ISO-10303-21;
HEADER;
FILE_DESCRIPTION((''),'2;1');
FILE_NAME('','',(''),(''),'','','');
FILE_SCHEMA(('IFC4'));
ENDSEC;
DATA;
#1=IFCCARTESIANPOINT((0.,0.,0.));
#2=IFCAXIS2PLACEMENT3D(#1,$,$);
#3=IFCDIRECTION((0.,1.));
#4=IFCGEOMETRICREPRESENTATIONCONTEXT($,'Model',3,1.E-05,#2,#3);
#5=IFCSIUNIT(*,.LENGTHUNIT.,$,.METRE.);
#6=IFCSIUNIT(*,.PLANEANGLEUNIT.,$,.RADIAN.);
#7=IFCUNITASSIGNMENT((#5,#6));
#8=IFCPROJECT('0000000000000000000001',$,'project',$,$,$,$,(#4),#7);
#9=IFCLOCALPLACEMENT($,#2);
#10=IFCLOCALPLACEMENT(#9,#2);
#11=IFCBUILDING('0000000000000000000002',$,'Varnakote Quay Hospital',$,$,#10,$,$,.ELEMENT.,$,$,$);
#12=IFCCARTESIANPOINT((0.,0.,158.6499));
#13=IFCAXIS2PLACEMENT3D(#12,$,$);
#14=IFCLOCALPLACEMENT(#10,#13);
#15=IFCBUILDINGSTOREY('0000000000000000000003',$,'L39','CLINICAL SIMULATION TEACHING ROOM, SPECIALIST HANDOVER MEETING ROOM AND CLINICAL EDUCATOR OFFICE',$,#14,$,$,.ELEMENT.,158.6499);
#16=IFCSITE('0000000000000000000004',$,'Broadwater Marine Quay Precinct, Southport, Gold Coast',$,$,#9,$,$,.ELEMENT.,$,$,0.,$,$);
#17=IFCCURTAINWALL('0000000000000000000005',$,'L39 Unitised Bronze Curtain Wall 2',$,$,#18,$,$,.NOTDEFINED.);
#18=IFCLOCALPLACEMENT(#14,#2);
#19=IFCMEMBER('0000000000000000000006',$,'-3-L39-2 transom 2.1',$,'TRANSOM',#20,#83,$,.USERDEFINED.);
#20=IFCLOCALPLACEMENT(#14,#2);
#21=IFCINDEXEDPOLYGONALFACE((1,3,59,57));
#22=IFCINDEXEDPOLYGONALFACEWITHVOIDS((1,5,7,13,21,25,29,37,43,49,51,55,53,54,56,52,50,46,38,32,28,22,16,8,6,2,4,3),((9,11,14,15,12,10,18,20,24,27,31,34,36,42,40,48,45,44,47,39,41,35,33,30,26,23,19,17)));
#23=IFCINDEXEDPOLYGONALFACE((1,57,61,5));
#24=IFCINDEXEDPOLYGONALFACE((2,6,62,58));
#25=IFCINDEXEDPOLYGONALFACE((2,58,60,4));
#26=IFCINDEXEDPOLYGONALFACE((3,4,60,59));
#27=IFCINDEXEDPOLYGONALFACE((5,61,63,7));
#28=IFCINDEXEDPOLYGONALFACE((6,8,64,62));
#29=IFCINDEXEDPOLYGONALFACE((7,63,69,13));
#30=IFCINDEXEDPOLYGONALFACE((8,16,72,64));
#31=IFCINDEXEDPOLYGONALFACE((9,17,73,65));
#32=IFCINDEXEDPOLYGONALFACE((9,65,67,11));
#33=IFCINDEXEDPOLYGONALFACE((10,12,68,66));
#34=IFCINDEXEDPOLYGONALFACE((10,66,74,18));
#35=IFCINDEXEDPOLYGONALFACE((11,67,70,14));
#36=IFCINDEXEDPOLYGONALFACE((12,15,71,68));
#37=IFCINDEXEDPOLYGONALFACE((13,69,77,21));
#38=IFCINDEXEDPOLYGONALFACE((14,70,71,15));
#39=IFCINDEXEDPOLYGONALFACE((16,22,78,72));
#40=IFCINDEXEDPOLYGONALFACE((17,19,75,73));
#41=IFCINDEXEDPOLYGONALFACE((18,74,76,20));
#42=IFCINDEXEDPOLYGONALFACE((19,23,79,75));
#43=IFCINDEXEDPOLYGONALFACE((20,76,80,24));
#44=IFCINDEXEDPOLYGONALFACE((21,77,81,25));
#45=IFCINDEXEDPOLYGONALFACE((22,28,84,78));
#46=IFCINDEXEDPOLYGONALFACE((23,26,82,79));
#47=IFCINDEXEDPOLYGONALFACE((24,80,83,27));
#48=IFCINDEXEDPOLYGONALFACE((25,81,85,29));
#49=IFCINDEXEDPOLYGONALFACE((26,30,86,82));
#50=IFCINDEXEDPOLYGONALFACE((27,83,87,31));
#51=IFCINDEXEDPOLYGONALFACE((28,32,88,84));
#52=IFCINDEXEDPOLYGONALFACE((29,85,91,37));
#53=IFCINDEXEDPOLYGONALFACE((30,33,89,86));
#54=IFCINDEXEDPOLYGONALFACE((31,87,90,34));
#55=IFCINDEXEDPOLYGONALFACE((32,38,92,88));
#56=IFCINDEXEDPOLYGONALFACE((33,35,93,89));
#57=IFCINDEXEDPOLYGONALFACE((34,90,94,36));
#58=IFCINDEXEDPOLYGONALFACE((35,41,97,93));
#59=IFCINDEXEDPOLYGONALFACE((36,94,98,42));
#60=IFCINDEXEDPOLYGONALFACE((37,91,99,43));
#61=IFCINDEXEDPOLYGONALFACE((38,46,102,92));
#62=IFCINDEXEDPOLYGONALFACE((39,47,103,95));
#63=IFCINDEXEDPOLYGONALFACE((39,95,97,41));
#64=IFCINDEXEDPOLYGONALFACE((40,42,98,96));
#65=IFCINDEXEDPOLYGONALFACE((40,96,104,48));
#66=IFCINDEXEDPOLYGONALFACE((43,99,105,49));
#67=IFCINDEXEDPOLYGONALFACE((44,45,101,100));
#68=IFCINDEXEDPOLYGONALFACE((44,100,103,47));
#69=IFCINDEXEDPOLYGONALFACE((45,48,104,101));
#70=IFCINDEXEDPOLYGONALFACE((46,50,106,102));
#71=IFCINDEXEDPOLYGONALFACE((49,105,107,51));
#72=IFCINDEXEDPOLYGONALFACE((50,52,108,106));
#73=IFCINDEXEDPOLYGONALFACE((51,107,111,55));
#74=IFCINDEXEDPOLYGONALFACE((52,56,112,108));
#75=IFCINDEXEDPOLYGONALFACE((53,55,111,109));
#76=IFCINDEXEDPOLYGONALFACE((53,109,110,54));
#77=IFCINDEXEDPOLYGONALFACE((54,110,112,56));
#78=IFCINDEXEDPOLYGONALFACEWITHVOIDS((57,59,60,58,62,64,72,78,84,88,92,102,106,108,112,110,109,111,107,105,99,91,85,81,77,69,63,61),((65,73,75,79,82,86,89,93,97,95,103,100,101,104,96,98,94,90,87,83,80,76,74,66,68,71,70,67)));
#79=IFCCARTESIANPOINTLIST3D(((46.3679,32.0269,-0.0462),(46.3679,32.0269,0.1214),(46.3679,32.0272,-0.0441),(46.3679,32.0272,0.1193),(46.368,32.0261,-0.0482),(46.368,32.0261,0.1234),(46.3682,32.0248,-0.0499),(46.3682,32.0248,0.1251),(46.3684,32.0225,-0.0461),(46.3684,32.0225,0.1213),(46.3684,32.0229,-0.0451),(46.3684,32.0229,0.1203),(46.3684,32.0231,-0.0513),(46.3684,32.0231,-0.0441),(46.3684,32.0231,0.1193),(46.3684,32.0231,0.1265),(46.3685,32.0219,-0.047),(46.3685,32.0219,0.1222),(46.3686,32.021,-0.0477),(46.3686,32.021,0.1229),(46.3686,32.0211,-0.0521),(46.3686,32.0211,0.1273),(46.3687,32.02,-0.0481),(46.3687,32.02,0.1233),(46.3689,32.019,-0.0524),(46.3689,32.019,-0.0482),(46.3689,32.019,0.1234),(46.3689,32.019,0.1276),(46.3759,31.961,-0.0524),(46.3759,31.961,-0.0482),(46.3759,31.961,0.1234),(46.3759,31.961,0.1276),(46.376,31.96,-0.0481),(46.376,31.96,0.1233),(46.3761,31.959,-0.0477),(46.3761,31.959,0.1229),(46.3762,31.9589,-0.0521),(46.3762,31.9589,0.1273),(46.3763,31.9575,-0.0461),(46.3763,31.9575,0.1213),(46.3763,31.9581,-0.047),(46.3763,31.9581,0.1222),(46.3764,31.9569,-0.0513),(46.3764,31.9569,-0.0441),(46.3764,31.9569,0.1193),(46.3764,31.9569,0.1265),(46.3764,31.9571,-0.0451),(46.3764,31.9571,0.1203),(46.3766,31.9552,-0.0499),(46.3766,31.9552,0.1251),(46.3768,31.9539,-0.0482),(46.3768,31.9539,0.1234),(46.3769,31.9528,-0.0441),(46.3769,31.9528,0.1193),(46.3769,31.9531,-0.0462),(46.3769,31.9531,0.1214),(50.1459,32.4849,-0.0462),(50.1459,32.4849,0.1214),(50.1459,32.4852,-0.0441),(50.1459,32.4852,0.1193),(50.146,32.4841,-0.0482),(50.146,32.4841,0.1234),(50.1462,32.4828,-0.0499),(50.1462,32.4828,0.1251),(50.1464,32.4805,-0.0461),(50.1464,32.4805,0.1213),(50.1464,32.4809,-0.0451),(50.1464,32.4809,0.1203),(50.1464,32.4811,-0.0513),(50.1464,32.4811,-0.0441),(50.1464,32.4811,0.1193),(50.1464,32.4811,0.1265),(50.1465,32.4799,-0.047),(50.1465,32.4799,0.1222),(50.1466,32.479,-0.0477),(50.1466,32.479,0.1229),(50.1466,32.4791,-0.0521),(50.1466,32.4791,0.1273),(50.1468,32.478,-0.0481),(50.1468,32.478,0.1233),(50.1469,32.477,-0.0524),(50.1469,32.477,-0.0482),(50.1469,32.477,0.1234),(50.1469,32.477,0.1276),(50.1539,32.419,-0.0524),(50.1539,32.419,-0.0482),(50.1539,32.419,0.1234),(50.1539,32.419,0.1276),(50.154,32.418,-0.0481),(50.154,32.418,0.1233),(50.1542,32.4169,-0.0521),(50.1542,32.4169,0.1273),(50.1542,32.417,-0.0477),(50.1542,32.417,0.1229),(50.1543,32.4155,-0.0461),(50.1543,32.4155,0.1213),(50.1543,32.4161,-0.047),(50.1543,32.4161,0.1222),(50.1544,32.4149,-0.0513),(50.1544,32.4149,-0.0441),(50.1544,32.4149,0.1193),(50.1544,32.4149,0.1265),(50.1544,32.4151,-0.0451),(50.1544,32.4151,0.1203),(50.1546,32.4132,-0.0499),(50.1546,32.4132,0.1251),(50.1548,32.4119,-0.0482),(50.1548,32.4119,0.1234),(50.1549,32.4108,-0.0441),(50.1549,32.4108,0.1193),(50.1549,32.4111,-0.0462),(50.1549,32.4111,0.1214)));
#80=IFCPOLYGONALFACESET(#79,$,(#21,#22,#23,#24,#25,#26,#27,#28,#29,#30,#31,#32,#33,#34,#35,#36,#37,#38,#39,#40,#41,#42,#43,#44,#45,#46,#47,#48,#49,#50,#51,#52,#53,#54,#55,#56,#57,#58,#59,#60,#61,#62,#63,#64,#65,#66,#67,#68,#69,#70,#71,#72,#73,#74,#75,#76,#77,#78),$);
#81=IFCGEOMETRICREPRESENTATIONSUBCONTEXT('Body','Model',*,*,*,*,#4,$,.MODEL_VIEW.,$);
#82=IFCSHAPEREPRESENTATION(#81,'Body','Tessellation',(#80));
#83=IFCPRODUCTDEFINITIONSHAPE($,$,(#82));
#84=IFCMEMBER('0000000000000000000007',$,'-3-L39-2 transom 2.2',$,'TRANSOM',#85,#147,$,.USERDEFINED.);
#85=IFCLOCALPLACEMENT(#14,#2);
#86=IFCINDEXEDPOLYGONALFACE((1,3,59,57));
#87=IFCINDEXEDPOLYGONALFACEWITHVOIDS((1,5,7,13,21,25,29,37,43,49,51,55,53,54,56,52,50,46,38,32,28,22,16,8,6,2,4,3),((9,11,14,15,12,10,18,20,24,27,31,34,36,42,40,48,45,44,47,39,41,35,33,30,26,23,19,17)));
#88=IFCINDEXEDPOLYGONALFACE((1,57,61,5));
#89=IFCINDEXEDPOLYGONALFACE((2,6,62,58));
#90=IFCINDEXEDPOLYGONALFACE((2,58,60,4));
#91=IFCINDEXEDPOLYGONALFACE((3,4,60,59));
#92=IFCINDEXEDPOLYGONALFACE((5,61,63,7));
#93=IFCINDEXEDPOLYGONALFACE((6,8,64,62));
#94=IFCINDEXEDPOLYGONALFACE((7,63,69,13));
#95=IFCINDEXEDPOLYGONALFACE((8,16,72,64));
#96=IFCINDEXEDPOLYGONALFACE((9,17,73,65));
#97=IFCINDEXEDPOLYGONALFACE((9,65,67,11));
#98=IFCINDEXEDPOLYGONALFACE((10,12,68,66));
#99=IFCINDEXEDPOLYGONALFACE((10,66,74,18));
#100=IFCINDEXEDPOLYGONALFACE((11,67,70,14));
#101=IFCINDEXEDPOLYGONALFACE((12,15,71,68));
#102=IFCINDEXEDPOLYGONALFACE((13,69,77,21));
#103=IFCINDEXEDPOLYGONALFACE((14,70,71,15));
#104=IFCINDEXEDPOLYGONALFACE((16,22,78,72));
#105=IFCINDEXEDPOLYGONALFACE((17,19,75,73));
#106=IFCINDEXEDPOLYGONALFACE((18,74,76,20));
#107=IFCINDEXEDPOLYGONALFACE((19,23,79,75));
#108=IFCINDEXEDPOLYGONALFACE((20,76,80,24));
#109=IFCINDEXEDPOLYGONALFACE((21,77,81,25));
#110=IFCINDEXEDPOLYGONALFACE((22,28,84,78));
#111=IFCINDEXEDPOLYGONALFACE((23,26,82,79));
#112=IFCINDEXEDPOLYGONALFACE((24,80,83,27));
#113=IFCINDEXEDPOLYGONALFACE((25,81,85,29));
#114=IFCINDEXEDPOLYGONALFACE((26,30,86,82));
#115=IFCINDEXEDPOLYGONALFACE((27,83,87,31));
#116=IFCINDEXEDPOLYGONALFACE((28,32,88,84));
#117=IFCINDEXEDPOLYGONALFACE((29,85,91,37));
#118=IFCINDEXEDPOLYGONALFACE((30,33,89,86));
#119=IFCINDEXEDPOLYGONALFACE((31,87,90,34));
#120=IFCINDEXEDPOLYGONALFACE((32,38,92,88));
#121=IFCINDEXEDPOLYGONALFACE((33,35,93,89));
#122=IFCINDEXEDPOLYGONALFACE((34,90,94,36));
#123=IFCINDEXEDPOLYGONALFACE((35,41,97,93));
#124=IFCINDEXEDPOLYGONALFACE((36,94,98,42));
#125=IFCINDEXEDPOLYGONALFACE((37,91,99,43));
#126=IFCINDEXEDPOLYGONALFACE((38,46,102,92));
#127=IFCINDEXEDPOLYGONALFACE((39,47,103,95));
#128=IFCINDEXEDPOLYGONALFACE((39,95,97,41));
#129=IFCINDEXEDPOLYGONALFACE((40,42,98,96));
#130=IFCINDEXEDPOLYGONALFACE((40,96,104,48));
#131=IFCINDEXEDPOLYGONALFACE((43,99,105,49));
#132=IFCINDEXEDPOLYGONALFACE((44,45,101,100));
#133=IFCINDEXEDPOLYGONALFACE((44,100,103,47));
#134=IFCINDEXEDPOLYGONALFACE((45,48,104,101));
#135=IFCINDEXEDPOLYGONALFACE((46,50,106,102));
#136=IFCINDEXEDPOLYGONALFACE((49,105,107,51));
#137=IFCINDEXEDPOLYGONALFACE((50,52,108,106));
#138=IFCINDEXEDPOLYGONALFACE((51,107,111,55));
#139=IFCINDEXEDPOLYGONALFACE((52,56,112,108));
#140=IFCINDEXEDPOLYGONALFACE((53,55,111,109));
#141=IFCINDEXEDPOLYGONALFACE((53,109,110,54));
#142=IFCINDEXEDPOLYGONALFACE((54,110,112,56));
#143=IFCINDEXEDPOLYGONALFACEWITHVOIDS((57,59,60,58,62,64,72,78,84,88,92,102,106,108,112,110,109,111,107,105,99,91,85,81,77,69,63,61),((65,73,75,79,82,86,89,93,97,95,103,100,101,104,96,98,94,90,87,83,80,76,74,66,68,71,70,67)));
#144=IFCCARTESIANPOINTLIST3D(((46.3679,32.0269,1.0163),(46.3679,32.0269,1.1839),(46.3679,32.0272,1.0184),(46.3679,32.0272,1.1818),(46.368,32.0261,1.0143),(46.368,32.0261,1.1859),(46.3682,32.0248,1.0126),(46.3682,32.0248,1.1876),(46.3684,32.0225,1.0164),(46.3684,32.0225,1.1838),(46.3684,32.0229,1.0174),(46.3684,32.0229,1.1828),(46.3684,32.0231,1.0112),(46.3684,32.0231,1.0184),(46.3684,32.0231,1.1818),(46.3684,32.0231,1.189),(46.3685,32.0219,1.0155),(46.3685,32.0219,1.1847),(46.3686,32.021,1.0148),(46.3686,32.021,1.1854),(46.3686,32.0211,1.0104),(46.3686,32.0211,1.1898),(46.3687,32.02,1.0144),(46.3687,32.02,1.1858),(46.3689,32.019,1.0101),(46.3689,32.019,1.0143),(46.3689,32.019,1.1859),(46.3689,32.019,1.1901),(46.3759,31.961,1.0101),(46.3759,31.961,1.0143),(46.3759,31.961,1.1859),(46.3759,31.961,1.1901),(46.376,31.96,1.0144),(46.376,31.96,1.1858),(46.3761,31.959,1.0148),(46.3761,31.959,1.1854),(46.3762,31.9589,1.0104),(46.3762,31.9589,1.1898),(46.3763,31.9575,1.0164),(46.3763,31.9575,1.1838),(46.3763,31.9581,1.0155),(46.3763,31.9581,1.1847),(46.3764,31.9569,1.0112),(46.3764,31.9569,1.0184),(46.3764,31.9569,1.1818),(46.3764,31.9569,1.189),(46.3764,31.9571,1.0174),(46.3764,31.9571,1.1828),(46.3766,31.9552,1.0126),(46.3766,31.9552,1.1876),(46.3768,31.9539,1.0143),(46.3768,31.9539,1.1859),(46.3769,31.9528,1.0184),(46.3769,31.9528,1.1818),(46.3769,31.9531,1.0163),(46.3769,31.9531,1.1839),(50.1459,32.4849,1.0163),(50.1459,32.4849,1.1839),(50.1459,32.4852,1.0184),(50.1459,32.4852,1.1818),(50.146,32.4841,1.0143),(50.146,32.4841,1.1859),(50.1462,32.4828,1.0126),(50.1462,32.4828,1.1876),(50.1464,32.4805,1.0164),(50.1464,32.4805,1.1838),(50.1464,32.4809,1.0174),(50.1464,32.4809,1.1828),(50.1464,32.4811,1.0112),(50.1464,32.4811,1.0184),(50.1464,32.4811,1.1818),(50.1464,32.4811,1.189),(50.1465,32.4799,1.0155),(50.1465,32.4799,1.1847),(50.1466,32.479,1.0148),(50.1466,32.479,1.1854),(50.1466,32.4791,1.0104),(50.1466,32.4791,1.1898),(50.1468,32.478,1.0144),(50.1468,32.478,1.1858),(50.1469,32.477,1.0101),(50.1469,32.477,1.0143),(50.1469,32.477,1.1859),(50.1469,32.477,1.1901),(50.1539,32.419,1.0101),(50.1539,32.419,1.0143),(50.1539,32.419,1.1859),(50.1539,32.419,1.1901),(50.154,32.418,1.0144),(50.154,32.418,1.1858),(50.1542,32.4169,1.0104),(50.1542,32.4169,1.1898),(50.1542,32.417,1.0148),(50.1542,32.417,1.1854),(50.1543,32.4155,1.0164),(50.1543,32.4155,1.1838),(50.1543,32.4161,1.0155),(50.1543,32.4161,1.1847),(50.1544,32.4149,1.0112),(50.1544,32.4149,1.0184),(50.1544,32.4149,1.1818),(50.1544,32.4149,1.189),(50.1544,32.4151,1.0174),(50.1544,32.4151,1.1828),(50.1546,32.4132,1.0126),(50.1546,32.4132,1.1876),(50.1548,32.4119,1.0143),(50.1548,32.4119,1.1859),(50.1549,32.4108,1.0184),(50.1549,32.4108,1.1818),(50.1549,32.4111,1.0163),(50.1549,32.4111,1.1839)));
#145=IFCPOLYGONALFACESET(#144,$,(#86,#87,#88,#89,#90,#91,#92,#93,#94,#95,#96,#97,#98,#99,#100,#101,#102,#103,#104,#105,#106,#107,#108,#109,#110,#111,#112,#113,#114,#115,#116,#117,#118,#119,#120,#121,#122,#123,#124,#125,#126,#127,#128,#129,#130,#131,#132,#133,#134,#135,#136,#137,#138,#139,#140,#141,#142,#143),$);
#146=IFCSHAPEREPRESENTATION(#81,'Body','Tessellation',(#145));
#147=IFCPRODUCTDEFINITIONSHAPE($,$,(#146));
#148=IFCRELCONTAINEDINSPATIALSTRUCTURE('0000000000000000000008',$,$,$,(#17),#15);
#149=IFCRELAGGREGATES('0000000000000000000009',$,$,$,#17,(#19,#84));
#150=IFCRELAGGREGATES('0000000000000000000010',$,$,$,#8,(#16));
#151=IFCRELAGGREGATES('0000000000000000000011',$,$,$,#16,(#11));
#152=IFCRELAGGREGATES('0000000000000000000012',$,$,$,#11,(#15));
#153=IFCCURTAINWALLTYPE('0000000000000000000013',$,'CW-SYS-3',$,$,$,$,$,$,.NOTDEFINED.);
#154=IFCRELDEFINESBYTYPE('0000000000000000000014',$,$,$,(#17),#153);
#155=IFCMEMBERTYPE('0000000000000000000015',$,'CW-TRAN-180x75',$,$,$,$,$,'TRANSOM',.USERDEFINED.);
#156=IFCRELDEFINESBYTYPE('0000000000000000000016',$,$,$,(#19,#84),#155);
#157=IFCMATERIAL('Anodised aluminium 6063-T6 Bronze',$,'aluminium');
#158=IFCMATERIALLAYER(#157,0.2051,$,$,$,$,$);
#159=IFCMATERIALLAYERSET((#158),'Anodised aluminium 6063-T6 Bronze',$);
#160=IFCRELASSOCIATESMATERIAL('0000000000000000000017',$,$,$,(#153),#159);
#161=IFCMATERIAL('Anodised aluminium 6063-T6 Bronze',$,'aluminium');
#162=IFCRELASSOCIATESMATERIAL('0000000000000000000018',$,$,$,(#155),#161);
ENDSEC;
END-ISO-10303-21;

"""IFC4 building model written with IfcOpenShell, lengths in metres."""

from ifc_helpers import new_model, si_unit, direction, frame, origin, origin_2d, place, context, subcontext, project, spatial, hollow_rectangle, extrude, material, layer, layer_set, material_profile, profile_set, type_object, element, aggregate, save


model = new_model("IFC4")

# Units and contexts
model_context = context("Model", 3, precision=1e-05, world=origin(), true_north=direction((0.0, 1.0)))
body_context = subcontext(model_context, "Body", "Model", "MODEL_VIEW")
ifc_project = project(units=[si_unit("LENGTHUNIT", "METRE"), si_unit("PLANEANGLEUNIT", "RADIAN")], contexts=[model_context])

# Site, building, storey
site_placement = place(None, origin())
site = spatial("IfcSite", under=ifc_project, at=site_placement, Name="Broadwater Marine Quay Precinct, Southport, Gold Coast", CompositionType="ELEMENT", RefElevation=0.0)
building_placement = place(site_placement, origin())
building = spatial("IfcBuilding", under=site, at=building_placement, Name="Varnakote Quay Hospital", CompositionType="ELEMENT")
storey_placement = place(building_placement, frame((0.0, 0.0, 158.6499)))
storey = spatial("IfcBuildingStorey", under=building, at=storey_placement, Name="L39", Description="CLINICAL SIMULATION TEACHING ROOM, SPECIALIST HANDOVER MEETING ROOM AND CLINICAL EDUCATOR OFFICE", CompositionType="ELEMENT", Elevation=158.6499)

# Shared definitions
ifc_material_1 = material(Name="Anodised aluminium 6063-T6 Bronze", Category="aluminium")
ifc_layer_1 = layer(ifc_material_1, 0.2051)
ifc_layer_set_1 = layer_set([ifc_layer_1], Name="Anodised aluminium 6063-T6 Bronze")
curtain_wall_type = type_object("IfcCurtainWallType", Name="CW-SYS-3", PredefinedType="NOTDEFINED", material=ifc_layer_set_1)

# Curtain wall, members
curtain_wall_1_placement = place(storey_placement, origin())
curtain_wall_1 = element("IfcCurtainWall", 1, at=curtain_wall_1_placement, inside=storey, type_object=curtain_wall_type, Name="L39 Unitised Bronze Curtain Wall 2", PredefinedType="NOTDEFINED")
ifc_material_2 = material(Name="Anodised aluminium 6063-T6 Bronze", Category="aluminium")
ifc_material_profile_1 = material_profile(ifc_material_2, hollow_rectangle(XDim=0.075, YDim=0.1799, WallThickness=0.0042, InnerFilletRadius=0.0042, OuterFilletRadius=0.0083, at=origin_2d()), Name="CW-TRAN-180x75")
ifc_profile_set_1 = profile_set([ifc_material_profile_1], Name="Anodised aluminium 6063-T6 Bronze")
member_type_1 = type_object("IfcMemberType", Name="CW-TRAN-180x75", ElementType="TRANSOM", PredefinedType="USERDEFINED", material=ifc_profile_set_1)
member_1_placement = place(storey_placement, frame((50.1504, 32.448, 0.0376), z_axis=(-0.992732, -0.120347, 0.0), x_axis=(0.120347, -0.992732, 0.0)))
member_1 = element("IfcMember", 2, at=member_1_placement, type_object=member_type_1, Name="-3-L39-2 transom 2.1", ObjectType="TRANSOM", PredefinedType="USERDEFINED", context=body_context, shape_type="SweptSolid", body=[
    extrude(hollow_rectangle(XDim=0.075, YDim=0.1799, WallThickness=0.0042, InnerFilletRadius=0.0042, OuterFilletRadius=0.0083, at=origin_2d()), origin(), (0.0, 0.0, 1.0), 3.8057),
])
member_2_placement = place(storey_placement, frame((50.1504, 32.448, 1.1001), z_axis=(-0.992732, -0.120347, 0.0), x_axis=(0.120347, -0.992732, 0.0)))
member_2 = element("IfcMember", 3, at=member_2_placement, type_object=member_type_1, Name="-3-L39-2 transom 2.2", ObjectType="TRANSOM", PredefinedType="USERDEFINED", context=body_context, shape_type="SweptSolid", body=[
    extrude(hollow_rectangle(XDim=0.075, YDim=0.1799, WallThickness=0.0042, InnerFilletRadius=0.0042, OuterFilletRadius=0.0083, at=origin_2d()), origin(), (0.0, 0.0, 1.0), 3.8057),
])

aggregate(curtain_wall_1, [member_1, member_2])

save(model, "model.ifc")
